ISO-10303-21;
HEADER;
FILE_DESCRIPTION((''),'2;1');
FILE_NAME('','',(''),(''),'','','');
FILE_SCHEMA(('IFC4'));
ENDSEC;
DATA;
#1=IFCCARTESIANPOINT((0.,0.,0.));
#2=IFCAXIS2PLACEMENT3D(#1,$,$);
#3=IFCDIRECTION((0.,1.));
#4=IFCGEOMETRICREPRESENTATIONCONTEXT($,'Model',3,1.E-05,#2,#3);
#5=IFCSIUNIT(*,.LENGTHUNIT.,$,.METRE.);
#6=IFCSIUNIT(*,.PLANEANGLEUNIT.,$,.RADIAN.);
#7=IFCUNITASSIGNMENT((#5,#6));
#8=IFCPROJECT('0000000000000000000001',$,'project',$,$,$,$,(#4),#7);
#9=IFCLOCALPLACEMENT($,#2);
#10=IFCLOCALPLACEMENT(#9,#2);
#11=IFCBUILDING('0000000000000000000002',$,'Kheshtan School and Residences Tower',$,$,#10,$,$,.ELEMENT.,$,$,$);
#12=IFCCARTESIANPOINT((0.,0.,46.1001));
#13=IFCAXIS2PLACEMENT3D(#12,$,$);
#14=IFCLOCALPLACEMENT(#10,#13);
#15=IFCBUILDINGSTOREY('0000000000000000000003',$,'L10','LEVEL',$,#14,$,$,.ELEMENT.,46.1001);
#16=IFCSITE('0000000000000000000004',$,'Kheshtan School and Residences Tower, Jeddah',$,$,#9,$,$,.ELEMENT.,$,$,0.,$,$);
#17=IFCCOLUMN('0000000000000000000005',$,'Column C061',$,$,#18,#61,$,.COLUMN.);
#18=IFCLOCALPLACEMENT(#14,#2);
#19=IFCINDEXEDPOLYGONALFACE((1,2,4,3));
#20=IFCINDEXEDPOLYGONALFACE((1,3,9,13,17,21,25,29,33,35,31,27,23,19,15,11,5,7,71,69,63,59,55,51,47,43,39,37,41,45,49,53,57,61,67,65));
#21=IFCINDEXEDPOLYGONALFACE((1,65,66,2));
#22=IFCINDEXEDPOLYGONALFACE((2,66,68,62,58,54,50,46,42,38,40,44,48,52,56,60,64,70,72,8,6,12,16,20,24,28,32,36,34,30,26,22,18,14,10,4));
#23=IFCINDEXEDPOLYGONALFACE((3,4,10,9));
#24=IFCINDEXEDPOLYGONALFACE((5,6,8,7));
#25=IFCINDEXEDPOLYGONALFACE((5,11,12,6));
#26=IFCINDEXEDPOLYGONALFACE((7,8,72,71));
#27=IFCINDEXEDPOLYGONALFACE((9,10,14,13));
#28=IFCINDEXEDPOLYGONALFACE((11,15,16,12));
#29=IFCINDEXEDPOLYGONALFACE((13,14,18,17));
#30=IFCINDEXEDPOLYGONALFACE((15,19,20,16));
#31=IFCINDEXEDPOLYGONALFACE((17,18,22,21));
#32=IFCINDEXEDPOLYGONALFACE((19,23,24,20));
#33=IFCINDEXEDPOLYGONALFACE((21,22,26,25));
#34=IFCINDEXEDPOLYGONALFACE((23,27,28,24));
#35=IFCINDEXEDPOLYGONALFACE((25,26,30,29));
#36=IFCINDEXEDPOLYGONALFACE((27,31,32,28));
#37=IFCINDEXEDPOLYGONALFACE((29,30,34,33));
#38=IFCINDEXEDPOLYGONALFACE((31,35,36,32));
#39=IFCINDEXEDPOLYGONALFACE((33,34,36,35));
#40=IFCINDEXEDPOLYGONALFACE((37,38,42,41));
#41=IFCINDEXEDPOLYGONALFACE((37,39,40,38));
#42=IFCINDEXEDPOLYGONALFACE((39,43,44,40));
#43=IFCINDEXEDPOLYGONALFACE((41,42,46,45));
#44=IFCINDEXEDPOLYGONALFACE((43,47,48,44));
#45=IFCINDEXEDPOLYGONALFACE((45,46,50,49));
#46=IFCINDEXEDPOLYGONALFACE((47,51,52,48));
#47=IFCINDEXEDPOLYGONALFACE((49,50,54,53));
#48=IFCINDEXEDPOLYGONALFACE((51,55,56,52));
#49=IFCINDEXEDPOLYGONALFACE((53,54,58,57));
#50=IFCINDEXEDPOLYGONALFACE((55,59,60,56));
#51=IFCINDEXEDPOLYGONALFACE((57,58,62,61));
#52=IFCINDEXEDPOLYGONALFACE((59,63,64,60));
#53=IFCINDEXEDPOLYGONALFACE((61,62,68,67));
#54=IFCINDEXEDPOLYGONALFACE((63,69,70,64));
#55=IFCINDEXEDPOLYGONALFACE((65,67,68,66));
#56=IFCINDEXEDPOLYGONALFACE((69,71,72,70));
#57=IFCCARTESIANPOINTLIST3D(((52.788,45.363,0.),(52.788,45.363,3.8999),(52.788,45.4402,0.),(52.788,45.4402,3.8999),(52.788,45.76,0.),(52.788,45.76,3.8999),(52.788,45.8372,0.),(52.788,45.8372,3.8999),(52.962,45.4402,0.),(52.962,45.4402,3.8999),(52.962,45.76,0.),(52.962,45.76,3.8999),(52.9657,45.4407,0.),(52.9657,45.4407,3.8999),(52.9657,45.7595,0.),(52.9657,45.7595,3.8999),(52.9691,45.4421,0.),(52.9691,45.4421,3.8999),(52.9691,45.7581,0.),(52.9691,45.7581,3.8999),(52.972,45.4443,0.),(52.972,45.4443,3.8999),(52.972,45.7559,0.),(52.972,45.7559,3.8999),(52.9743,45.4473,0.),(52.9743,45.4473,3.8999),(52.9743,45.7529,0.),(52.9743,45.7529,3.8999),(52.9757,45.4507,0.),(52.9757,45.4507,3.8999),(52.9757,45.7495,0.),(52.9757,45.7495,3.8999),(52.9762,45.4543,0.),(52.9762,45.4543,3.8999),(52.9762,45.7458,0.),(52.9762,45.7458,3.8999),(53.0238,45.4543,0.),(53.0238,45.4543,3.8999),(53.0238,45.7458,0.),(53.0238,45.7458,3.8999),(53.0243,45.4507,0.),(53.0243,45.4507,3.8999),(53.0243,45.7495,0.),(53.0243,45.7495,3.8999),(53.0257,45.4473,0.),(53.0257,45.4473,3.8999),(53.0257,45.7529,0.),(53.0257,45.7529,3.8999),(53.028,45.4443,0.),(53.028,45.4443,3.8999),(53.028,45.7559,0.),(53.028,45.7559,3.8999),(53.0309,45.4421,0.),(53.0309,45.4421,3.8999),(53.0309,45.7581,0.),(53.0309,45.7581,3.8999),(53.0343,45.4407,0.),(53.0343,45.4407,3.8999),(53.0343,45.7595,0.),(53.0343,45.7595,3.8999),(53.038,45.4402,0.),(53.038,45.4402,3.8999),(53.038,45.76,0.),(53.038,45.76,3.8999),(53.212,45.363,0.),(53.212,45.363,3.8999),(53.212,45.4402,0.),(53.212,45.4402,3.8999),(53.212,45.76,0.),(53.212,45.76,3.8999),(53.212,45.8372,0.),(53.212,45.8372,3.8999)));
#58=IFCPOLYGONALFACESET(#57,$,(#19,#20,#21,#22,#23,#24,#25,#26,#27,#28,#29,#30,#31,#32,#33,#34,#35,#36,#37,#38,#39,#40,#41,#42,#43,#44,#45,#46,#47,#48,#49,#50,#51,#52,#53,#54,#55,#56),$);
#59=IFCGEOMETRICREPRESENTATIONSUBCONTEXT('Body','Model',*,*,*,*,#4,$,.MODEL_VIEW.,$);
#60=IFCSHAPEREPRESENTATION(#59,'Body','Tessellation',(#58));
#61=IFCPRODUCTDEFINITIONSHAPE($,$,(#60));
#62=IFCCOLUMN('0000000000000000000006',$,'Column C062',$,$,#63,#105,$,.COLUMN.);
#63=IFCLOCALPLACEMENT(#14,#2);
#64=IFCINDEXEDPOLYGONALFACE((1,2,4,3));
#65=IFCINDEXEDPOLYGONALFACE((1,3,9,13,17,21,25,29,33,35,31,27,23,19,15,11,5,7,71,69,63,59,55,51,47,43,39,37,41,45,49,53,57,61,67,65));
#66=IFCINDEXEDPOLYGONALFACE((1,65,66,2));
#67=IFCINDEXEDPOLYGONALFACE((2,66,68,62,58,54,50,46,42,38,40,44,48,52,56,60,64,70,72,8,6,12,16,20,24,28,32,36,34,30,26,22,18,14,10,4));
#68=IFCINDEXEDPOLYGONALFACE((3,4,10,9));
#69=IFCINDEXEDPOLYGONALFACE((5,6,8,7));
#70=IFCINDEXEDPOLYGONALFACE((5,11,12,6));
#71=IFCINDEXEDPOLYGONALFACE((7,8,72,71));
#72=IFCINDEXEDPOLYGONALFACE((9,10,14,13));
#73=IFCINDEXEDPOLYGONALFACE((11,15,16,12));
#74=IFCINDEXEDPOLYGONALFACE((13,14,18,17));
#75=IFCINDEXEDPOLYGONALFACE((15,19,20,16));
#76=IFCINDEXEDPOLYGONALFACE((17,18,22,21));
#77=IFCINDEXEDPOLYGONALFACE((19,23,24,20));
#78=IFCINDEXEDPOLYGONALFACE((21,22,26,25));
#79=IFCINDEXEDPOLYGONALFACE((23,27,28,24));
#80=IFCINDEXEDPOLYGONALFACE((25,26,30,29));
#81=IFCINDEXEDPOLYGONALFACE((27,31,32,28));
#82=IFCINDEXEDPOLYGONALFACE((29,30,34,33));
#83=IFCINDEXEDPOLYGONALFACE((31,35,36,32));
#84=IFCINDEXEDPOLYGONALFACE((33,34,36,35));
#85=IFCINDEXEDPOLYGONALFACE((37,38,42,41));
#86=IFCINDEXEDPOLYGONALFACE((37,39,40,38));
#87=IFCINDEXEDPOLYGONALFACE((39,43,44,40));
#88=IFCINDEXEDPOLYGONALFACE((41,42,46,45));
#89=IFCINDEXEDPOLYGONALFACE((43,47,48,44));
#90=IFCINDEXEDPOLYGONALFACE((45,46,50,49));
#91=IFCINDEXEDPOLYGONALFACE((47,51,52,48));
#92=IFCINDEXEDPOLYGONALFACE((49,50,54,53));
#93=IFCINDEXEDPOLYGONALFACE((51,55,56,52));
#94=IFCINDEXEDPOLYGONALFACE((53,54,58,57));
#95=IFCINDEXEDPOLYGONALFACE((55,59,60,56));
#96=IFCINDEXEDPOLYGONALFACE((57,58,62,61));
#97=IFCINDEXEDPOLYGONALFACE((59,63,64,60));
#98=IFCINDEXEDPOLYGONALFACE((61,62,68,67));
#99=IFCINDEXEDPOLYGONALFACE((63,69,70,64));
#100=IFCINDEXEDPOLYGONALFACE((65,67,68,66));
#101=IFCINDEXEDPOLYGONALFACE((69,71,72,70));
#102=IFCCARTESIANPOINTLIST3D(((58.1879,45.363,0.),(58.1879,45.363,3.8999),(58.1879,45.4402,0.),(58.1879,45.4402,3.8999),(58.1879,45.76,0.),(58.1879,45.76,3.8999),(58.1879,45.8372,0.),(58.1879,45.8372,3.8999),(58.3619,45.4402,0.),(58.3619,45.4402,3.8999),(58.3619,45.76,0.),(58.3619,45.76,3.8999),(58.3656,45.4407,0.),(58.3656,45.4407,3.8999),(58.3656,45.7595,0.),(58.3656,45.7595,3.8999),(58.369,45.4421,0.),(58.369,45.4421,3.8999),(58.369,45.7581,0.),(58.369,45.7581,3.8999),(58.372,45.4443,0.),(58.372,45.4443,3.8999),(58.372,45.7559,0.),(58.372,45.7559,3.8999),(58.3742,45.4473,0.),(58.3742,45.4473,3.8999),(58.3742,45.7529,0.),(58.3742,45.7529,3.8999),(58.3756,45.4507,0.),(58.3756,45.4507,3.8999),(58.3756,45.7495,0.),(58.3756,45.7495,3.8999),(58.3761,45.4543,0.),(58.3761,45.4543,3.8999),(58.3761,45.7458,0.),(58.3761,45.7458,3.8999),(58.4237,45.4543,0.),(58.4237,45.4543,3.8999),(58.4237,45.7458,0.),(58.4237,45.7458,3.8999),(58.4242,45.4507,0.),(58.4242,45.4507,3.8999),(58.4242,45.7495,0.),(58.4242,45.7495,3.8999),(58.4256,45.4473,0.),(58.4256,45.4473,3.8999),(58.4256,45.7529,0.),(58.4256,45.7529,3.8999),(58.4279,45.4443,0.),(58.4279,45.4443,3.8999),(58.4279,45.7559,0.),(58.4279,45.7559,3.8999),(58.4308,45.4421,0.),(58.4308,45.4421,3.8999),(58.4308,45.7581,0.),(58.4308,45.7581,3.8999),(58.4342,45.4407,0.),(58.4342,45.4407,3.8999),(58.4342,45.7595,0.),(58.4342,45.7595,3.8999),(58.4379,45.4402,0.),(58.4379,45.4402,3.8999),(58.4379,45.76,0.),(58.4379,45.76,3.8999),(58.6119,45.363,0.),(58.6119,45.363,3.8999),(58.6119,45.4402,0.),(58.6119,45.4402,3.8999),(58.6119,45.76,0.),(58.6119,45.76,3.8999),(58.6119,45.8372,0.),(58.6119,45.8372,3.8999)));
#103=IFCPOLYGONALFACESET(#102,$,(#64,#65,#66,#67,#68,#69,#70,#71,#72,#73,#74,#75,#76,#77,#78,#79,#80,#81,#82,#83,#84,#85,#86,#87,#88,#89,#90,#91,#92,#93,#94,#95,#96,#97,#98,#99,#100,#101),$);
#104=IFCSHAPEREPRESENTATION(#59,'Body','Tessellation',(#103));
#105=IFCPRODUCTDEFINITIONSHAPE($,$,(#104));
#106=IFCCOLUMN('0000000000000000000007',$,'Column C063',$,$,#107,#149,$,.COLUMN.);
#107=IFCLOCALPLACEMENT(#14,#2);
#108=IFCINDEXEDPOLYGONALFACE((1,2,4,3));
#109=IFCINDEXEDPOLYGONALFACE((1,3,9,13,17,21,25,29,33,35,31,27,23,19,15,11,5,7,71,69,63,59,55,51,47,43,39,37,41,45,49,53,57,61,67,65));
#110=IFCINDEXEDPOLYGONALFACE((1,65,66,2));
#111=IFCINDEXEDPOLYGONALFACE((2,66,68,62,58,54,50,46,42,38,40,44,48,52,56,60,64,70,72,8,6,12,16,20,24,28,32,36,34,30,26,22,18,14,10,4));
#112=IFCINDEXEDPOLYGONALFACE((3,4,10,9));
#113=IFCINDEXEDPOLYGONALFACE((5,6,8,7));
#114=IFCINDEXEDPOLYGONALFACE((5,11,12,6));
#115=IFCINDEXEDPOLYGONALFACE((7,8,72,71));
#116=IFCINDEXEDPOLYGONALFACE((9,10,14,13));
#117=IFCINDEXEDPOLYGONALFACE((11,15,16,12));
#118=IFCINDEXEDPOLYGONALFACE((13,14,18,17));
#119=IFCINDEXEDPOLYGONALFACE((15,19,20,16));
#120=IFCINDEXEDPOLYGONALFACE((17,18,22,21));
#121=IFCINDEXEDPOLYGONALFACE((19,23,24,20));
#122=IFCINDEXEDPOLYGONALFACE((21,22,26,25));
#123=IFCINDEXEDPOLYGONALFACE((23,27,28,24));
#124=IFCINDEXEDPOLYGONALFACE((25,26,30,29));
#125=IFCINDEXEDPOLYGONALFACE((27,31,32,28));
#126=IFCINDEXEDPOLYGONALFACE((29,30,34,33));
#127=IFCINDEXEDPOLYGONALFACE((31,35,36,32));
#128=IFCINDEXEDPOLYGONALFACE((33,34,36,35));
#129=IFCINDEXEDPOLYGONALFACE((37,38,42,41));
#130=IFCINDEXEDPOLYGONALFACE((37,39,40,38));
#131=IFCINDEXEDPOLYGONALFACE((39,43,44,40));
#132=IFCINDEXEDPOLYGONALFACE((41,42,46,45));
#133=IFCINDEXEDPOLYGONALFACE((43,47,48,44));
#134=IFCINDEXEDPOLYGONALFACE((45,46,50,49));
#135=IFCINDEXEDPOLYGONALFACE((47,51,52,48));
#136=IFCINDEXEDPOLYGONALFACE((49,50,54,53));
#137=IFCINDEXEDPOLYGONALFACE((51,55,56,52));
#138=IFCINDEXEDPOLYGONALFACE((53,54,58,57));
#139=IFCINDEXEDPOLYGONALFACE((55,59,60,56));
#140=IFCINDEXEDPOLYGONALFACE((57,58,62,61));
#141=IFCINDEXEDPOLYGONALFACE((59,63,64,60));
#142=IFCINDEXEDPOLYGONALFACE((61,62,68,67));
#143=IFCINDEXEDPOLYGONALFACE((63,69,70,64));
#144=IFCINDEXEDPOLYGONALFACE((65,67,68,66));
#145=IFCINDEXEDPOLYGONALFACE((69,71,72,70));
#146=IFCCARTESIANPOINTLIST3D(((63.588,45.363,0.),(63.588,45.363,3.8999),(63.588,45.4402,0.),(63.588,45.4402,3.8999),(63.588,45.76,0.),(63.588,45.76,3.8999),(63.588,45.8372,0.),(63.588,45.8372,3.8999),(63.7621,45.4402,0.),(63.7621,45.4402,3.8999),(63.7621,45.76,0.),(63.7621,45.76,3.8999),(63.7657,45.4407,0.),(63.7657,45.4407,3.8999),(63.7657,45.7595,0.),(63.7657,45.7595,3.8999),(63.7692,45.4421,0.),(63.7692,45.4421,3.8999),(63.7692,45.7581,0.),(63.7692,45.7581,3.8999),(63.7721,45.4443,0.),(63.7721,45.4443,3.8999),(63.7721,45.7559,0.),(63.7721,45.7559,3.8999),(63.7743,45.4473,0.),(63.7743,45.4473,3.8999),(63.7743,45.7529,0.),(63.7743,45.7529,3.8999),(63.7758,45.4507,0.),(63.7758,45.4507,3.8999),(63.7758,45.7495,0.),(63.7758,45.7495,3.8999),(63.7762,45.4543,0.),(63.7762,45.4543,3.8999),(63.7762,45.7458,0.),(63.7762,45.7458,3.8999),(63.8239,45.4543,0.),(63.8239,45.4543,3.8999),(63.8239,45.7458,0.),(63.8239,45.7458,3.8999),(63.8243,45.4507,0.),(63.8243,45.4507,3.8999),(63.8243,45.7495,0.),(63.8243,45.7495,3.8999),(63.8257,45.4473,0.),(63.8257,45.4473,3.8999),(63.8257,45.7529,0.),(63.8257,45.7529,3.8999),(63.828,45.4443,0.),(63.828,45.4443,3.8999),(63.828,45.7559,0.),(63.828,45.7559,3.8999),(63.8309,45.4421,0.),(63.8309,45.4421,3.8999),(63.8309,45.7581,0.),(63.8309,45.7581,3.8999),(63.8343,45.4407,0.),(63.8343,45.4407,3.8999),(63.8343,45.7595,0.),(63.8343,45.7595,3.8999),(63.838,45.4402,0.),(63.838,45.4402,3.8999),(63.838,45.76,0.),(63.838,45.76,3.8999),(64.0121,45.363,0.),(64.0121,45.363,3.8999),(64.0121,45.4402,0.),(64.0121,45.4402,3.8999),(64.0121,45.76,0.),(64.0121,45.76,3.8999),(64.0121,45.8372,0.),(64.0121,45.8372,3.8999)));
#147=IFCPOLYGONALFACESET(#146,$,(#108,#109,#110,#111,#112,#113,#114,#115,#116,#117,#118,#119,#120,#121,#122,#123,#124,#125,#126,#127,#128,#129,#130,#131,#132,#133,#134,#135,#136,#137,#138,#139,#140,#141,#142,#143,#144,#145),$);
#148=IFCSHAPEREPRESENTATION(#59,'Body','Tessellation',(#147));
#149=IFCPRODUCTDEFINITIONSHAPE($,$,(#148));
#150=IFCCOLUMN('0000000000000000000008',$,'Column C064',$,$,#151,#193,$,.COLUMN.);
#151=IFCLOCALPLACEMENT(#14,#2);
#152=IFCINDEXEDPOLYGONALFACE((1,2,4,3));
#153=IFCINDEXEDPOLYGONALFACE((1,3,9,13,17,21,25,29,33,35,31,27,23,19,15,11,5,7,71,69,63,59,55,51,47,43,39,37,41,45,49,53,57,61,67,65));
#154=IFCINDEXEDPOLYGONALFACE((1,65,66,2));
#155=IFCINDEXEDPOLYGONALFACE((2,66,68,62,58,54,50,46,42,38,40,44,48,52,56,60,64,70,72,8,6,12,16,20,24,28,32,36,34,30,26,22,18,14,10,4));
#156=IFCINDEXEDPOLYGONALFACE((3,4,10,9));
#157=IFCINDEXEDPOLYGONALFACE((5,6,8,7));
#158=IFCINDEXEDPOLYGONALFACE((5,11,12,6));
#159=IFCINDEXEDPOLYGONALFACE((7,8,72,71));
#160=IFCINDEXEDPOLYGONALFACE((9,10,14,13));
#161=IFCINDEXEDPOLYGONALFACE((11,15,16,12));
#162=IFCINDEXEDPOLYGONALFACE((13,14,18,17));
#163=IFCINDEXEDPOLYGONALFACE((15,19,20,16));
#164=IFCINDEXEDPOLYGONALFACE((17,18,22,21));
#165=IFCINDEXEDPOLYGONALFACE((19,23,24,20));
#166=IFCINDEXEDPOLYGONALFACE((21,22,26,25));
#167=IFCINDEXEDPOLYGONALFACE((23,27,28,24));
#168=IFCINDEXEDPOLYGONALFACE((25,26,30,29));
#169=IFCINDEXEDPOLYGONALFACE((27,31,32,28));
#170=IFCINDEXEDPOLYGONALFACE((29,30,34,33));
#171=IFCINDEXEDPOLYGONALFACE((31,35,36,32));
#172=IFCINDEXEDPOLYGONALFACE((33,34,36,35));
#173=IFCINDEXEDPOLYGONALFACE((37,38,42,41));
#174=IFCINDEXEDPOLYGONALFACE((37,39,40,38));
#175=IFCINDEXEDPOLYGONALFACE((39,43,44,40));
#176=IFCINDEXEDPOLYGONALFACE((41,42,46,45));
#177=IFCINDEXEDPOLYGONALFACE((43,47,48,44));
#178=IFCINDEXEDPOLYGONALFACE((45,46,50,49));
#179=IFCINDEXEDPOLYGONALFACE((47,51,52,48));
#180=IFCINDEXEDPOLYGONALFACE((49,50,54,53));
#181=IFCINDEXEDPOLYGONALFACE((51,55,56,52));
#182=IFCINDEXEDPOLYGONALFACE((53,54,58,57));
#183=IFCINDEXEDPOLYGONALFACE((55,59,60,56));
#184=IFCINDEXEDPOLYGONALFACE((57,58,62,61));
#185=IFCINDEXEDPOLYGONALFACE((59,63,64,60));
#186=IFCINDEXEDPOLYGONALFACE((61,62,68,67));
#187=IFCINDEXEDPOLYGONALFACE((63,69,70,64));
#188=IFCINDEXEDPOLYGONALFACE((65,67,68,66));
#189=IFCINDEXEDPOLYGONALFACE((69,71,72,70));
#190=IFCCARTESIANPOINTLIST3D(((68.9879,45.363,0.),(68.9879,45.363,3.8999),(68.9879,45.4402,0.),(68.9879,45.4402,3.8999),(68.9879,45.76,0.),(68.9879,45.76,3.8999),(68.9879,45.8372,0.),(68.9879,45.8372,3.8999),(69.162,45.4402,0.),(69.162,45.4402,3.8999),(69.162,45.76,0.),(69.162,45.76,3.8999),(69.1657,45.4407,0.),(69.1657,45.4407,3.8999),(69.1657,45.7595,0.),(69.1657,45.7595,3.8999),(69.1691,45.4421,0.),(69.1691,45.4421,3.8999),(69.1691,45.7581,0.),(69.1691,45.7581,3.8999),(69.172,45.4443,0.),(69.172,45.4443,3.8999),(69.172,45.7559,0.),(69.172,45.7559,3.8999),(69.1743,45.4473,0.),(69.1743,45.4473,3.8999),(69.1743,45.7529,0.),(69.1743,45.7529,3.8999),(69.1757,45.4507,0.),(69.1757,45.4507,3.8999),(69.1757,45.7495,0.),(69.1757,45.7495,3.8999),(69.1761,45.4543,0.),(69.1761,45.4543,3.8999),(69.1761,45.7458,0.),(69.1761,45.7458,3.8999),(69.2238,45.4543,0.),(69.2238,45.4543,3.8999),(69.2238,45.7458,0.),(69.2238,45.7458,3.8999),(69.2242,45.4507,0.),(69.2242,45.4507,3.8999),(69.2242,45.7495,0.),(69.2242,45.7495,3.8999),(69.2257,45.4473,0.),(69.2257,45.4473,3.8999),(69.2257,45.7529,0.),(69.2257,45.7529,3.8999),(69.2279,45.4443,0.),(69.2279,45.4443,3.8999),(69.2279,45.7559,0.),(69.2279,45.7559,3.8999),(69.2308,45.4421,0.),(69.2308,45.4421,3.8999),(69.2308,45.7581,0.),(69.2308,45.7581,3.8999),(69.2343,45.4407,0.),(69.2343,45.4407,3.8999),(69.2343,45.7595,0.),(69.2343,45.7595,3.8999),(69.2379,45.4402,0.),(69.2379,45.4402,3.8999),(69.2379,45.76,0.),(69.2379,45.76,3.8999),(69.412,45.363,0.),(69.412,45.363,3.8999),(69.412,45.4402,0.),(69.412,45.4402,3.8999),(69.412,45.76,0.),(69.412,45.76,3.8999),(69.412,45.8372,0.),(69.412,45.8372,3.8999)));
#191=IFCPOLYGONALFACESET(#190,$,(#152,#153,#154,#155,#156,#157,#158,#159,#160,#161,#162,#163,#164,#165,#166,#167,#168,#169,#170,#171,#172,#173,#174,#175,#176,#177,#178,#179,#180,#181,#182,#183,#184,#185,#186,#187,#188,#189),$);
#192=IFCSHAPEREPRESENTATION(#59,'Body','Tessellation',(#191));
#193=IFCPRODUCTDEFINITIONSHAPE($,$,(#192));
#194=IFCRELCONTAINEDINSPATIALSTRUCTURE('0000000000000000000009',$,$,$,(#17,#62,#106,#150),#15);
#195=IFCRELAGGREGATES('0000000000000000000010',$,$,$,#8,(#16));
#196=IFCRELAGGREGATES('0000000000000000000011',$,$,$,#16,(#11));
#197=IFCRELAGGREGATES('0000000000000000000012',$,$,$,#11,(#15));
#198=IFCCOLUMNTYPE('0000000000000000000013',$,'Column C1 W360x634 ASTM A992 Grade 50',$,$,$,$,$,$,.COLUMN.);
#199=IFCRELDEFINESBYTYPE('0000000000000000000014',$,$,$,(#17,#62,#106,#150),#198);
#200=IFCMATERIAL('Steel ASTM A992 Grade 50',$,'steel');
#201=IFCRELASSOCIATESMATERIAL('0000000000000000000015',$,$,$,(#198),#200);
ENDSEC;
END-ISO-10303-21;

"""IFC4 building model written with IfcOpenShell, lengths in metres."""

from ifc_helpers import new_model, si_unit, direction, frame, origin, origin_2d, place, context, subcontext, project, spatial, i_section, extrude, material, material_profile, profile_set, type_object, element, save


model = new_model("IFC4")

# Units and contexts
model_context = context("Model", 3, precision=1e-05, world=origin(), true_north=direction((0.0, 1.0)))
body_context = subcontext(model_context, "Body", "Model", "MODEL_VIEW")
ifc_project = project(units=[si_unit("LENGTHUNIT", "METRE"), si_unit("PLANEANGLEUNIT", "RADIAN")], contexts=[model_context])

# Site, building, storey
site_placement = place(None, origin())
site = spatial("IfcSite", under=ifc_project, at=site_placement, Name="Kheshtan School and Residences Tower, Jeddah", CompositionType="ELEMENT", RefElevation=0.0)
building_placement = place(site_placement, origin())
building = spatial("IfcBuilding", under=site, at=building_placement, Name="Kheshtan School and Residences Tower", CompositionType="ELEMENT")
storey_placement = place(building_placement, frame((0.0, 0.0, 46.1001)))
storey = spatial("IfcBuildingStorey", under=building, at=storey_placement, Name="L10", Description="LEVEL", CompositionType="ELEMENT", Elevation=46.1001)

# Columns
ifc_material_1 = material(Name="Steel ASTM A992 Grade 50", Category="steel")
ifc_material_profile_1 = material_profile(ifc_material_1, i_section(OverallWidth=0.4241, OverallDepth=0.4741, WebThickness=0.0476, FlangeThickness=0.0771, FilletRadius=0.0142, at=origin_2d()), Name="W360x634")
ifc_profile_set_1 = profile_set([ifc_material_profile_1], Name="Steel ASTM A992 Grade 50")
column_type = type_object("IfcColumnType", Name="Column C1 W360x634 ASTM A992 Grade 50", PredefinedType="COLUMN", material=ifc_profile_set_1)
for number, where, z_axis, x_axis, name in (
    (1, (53.0, 45.6001, 0.0), (0.0, 0.0, 1.0), (1.0, 0.0, 0.0), "Column C061"),
    (2, (58.3999, 45.6001, 0.0), (0.0, 0.0, 1.0), (1.0, 0.0, 0.0), "Column C062"),
    (3, (63.8, 45.6001, 0.0), (0.0, 0.0, 1.0), (1.0, 0.0, 0.0), "Column C063"),
    (4, (69.2, 45.6001, 0.0), (0.0, 0.0, 1.0), (1.0, 0.0, 0.0), "Column C064"),
):
    element("IfcColumn", number, at=place(storey_placement, frame(where, z_axis=z_axis, x_axis=x_axis)), inside=storey, type_object=column_type, Name=name, PredefinedType="COLUMN", context=body_context, shape_type="SweptSolid", body=[
        extrude(i_section(OverallWidth=0.4241, OverallDepth=0.4741, WebThickness=0.0476, FlangeThickness=0.0771, FilletRadius=0.0142, at=origin_2d()), origin(), (0.0, 0.0, 1.0), 3.8999),
    ])

save(model, "model.ifc")
